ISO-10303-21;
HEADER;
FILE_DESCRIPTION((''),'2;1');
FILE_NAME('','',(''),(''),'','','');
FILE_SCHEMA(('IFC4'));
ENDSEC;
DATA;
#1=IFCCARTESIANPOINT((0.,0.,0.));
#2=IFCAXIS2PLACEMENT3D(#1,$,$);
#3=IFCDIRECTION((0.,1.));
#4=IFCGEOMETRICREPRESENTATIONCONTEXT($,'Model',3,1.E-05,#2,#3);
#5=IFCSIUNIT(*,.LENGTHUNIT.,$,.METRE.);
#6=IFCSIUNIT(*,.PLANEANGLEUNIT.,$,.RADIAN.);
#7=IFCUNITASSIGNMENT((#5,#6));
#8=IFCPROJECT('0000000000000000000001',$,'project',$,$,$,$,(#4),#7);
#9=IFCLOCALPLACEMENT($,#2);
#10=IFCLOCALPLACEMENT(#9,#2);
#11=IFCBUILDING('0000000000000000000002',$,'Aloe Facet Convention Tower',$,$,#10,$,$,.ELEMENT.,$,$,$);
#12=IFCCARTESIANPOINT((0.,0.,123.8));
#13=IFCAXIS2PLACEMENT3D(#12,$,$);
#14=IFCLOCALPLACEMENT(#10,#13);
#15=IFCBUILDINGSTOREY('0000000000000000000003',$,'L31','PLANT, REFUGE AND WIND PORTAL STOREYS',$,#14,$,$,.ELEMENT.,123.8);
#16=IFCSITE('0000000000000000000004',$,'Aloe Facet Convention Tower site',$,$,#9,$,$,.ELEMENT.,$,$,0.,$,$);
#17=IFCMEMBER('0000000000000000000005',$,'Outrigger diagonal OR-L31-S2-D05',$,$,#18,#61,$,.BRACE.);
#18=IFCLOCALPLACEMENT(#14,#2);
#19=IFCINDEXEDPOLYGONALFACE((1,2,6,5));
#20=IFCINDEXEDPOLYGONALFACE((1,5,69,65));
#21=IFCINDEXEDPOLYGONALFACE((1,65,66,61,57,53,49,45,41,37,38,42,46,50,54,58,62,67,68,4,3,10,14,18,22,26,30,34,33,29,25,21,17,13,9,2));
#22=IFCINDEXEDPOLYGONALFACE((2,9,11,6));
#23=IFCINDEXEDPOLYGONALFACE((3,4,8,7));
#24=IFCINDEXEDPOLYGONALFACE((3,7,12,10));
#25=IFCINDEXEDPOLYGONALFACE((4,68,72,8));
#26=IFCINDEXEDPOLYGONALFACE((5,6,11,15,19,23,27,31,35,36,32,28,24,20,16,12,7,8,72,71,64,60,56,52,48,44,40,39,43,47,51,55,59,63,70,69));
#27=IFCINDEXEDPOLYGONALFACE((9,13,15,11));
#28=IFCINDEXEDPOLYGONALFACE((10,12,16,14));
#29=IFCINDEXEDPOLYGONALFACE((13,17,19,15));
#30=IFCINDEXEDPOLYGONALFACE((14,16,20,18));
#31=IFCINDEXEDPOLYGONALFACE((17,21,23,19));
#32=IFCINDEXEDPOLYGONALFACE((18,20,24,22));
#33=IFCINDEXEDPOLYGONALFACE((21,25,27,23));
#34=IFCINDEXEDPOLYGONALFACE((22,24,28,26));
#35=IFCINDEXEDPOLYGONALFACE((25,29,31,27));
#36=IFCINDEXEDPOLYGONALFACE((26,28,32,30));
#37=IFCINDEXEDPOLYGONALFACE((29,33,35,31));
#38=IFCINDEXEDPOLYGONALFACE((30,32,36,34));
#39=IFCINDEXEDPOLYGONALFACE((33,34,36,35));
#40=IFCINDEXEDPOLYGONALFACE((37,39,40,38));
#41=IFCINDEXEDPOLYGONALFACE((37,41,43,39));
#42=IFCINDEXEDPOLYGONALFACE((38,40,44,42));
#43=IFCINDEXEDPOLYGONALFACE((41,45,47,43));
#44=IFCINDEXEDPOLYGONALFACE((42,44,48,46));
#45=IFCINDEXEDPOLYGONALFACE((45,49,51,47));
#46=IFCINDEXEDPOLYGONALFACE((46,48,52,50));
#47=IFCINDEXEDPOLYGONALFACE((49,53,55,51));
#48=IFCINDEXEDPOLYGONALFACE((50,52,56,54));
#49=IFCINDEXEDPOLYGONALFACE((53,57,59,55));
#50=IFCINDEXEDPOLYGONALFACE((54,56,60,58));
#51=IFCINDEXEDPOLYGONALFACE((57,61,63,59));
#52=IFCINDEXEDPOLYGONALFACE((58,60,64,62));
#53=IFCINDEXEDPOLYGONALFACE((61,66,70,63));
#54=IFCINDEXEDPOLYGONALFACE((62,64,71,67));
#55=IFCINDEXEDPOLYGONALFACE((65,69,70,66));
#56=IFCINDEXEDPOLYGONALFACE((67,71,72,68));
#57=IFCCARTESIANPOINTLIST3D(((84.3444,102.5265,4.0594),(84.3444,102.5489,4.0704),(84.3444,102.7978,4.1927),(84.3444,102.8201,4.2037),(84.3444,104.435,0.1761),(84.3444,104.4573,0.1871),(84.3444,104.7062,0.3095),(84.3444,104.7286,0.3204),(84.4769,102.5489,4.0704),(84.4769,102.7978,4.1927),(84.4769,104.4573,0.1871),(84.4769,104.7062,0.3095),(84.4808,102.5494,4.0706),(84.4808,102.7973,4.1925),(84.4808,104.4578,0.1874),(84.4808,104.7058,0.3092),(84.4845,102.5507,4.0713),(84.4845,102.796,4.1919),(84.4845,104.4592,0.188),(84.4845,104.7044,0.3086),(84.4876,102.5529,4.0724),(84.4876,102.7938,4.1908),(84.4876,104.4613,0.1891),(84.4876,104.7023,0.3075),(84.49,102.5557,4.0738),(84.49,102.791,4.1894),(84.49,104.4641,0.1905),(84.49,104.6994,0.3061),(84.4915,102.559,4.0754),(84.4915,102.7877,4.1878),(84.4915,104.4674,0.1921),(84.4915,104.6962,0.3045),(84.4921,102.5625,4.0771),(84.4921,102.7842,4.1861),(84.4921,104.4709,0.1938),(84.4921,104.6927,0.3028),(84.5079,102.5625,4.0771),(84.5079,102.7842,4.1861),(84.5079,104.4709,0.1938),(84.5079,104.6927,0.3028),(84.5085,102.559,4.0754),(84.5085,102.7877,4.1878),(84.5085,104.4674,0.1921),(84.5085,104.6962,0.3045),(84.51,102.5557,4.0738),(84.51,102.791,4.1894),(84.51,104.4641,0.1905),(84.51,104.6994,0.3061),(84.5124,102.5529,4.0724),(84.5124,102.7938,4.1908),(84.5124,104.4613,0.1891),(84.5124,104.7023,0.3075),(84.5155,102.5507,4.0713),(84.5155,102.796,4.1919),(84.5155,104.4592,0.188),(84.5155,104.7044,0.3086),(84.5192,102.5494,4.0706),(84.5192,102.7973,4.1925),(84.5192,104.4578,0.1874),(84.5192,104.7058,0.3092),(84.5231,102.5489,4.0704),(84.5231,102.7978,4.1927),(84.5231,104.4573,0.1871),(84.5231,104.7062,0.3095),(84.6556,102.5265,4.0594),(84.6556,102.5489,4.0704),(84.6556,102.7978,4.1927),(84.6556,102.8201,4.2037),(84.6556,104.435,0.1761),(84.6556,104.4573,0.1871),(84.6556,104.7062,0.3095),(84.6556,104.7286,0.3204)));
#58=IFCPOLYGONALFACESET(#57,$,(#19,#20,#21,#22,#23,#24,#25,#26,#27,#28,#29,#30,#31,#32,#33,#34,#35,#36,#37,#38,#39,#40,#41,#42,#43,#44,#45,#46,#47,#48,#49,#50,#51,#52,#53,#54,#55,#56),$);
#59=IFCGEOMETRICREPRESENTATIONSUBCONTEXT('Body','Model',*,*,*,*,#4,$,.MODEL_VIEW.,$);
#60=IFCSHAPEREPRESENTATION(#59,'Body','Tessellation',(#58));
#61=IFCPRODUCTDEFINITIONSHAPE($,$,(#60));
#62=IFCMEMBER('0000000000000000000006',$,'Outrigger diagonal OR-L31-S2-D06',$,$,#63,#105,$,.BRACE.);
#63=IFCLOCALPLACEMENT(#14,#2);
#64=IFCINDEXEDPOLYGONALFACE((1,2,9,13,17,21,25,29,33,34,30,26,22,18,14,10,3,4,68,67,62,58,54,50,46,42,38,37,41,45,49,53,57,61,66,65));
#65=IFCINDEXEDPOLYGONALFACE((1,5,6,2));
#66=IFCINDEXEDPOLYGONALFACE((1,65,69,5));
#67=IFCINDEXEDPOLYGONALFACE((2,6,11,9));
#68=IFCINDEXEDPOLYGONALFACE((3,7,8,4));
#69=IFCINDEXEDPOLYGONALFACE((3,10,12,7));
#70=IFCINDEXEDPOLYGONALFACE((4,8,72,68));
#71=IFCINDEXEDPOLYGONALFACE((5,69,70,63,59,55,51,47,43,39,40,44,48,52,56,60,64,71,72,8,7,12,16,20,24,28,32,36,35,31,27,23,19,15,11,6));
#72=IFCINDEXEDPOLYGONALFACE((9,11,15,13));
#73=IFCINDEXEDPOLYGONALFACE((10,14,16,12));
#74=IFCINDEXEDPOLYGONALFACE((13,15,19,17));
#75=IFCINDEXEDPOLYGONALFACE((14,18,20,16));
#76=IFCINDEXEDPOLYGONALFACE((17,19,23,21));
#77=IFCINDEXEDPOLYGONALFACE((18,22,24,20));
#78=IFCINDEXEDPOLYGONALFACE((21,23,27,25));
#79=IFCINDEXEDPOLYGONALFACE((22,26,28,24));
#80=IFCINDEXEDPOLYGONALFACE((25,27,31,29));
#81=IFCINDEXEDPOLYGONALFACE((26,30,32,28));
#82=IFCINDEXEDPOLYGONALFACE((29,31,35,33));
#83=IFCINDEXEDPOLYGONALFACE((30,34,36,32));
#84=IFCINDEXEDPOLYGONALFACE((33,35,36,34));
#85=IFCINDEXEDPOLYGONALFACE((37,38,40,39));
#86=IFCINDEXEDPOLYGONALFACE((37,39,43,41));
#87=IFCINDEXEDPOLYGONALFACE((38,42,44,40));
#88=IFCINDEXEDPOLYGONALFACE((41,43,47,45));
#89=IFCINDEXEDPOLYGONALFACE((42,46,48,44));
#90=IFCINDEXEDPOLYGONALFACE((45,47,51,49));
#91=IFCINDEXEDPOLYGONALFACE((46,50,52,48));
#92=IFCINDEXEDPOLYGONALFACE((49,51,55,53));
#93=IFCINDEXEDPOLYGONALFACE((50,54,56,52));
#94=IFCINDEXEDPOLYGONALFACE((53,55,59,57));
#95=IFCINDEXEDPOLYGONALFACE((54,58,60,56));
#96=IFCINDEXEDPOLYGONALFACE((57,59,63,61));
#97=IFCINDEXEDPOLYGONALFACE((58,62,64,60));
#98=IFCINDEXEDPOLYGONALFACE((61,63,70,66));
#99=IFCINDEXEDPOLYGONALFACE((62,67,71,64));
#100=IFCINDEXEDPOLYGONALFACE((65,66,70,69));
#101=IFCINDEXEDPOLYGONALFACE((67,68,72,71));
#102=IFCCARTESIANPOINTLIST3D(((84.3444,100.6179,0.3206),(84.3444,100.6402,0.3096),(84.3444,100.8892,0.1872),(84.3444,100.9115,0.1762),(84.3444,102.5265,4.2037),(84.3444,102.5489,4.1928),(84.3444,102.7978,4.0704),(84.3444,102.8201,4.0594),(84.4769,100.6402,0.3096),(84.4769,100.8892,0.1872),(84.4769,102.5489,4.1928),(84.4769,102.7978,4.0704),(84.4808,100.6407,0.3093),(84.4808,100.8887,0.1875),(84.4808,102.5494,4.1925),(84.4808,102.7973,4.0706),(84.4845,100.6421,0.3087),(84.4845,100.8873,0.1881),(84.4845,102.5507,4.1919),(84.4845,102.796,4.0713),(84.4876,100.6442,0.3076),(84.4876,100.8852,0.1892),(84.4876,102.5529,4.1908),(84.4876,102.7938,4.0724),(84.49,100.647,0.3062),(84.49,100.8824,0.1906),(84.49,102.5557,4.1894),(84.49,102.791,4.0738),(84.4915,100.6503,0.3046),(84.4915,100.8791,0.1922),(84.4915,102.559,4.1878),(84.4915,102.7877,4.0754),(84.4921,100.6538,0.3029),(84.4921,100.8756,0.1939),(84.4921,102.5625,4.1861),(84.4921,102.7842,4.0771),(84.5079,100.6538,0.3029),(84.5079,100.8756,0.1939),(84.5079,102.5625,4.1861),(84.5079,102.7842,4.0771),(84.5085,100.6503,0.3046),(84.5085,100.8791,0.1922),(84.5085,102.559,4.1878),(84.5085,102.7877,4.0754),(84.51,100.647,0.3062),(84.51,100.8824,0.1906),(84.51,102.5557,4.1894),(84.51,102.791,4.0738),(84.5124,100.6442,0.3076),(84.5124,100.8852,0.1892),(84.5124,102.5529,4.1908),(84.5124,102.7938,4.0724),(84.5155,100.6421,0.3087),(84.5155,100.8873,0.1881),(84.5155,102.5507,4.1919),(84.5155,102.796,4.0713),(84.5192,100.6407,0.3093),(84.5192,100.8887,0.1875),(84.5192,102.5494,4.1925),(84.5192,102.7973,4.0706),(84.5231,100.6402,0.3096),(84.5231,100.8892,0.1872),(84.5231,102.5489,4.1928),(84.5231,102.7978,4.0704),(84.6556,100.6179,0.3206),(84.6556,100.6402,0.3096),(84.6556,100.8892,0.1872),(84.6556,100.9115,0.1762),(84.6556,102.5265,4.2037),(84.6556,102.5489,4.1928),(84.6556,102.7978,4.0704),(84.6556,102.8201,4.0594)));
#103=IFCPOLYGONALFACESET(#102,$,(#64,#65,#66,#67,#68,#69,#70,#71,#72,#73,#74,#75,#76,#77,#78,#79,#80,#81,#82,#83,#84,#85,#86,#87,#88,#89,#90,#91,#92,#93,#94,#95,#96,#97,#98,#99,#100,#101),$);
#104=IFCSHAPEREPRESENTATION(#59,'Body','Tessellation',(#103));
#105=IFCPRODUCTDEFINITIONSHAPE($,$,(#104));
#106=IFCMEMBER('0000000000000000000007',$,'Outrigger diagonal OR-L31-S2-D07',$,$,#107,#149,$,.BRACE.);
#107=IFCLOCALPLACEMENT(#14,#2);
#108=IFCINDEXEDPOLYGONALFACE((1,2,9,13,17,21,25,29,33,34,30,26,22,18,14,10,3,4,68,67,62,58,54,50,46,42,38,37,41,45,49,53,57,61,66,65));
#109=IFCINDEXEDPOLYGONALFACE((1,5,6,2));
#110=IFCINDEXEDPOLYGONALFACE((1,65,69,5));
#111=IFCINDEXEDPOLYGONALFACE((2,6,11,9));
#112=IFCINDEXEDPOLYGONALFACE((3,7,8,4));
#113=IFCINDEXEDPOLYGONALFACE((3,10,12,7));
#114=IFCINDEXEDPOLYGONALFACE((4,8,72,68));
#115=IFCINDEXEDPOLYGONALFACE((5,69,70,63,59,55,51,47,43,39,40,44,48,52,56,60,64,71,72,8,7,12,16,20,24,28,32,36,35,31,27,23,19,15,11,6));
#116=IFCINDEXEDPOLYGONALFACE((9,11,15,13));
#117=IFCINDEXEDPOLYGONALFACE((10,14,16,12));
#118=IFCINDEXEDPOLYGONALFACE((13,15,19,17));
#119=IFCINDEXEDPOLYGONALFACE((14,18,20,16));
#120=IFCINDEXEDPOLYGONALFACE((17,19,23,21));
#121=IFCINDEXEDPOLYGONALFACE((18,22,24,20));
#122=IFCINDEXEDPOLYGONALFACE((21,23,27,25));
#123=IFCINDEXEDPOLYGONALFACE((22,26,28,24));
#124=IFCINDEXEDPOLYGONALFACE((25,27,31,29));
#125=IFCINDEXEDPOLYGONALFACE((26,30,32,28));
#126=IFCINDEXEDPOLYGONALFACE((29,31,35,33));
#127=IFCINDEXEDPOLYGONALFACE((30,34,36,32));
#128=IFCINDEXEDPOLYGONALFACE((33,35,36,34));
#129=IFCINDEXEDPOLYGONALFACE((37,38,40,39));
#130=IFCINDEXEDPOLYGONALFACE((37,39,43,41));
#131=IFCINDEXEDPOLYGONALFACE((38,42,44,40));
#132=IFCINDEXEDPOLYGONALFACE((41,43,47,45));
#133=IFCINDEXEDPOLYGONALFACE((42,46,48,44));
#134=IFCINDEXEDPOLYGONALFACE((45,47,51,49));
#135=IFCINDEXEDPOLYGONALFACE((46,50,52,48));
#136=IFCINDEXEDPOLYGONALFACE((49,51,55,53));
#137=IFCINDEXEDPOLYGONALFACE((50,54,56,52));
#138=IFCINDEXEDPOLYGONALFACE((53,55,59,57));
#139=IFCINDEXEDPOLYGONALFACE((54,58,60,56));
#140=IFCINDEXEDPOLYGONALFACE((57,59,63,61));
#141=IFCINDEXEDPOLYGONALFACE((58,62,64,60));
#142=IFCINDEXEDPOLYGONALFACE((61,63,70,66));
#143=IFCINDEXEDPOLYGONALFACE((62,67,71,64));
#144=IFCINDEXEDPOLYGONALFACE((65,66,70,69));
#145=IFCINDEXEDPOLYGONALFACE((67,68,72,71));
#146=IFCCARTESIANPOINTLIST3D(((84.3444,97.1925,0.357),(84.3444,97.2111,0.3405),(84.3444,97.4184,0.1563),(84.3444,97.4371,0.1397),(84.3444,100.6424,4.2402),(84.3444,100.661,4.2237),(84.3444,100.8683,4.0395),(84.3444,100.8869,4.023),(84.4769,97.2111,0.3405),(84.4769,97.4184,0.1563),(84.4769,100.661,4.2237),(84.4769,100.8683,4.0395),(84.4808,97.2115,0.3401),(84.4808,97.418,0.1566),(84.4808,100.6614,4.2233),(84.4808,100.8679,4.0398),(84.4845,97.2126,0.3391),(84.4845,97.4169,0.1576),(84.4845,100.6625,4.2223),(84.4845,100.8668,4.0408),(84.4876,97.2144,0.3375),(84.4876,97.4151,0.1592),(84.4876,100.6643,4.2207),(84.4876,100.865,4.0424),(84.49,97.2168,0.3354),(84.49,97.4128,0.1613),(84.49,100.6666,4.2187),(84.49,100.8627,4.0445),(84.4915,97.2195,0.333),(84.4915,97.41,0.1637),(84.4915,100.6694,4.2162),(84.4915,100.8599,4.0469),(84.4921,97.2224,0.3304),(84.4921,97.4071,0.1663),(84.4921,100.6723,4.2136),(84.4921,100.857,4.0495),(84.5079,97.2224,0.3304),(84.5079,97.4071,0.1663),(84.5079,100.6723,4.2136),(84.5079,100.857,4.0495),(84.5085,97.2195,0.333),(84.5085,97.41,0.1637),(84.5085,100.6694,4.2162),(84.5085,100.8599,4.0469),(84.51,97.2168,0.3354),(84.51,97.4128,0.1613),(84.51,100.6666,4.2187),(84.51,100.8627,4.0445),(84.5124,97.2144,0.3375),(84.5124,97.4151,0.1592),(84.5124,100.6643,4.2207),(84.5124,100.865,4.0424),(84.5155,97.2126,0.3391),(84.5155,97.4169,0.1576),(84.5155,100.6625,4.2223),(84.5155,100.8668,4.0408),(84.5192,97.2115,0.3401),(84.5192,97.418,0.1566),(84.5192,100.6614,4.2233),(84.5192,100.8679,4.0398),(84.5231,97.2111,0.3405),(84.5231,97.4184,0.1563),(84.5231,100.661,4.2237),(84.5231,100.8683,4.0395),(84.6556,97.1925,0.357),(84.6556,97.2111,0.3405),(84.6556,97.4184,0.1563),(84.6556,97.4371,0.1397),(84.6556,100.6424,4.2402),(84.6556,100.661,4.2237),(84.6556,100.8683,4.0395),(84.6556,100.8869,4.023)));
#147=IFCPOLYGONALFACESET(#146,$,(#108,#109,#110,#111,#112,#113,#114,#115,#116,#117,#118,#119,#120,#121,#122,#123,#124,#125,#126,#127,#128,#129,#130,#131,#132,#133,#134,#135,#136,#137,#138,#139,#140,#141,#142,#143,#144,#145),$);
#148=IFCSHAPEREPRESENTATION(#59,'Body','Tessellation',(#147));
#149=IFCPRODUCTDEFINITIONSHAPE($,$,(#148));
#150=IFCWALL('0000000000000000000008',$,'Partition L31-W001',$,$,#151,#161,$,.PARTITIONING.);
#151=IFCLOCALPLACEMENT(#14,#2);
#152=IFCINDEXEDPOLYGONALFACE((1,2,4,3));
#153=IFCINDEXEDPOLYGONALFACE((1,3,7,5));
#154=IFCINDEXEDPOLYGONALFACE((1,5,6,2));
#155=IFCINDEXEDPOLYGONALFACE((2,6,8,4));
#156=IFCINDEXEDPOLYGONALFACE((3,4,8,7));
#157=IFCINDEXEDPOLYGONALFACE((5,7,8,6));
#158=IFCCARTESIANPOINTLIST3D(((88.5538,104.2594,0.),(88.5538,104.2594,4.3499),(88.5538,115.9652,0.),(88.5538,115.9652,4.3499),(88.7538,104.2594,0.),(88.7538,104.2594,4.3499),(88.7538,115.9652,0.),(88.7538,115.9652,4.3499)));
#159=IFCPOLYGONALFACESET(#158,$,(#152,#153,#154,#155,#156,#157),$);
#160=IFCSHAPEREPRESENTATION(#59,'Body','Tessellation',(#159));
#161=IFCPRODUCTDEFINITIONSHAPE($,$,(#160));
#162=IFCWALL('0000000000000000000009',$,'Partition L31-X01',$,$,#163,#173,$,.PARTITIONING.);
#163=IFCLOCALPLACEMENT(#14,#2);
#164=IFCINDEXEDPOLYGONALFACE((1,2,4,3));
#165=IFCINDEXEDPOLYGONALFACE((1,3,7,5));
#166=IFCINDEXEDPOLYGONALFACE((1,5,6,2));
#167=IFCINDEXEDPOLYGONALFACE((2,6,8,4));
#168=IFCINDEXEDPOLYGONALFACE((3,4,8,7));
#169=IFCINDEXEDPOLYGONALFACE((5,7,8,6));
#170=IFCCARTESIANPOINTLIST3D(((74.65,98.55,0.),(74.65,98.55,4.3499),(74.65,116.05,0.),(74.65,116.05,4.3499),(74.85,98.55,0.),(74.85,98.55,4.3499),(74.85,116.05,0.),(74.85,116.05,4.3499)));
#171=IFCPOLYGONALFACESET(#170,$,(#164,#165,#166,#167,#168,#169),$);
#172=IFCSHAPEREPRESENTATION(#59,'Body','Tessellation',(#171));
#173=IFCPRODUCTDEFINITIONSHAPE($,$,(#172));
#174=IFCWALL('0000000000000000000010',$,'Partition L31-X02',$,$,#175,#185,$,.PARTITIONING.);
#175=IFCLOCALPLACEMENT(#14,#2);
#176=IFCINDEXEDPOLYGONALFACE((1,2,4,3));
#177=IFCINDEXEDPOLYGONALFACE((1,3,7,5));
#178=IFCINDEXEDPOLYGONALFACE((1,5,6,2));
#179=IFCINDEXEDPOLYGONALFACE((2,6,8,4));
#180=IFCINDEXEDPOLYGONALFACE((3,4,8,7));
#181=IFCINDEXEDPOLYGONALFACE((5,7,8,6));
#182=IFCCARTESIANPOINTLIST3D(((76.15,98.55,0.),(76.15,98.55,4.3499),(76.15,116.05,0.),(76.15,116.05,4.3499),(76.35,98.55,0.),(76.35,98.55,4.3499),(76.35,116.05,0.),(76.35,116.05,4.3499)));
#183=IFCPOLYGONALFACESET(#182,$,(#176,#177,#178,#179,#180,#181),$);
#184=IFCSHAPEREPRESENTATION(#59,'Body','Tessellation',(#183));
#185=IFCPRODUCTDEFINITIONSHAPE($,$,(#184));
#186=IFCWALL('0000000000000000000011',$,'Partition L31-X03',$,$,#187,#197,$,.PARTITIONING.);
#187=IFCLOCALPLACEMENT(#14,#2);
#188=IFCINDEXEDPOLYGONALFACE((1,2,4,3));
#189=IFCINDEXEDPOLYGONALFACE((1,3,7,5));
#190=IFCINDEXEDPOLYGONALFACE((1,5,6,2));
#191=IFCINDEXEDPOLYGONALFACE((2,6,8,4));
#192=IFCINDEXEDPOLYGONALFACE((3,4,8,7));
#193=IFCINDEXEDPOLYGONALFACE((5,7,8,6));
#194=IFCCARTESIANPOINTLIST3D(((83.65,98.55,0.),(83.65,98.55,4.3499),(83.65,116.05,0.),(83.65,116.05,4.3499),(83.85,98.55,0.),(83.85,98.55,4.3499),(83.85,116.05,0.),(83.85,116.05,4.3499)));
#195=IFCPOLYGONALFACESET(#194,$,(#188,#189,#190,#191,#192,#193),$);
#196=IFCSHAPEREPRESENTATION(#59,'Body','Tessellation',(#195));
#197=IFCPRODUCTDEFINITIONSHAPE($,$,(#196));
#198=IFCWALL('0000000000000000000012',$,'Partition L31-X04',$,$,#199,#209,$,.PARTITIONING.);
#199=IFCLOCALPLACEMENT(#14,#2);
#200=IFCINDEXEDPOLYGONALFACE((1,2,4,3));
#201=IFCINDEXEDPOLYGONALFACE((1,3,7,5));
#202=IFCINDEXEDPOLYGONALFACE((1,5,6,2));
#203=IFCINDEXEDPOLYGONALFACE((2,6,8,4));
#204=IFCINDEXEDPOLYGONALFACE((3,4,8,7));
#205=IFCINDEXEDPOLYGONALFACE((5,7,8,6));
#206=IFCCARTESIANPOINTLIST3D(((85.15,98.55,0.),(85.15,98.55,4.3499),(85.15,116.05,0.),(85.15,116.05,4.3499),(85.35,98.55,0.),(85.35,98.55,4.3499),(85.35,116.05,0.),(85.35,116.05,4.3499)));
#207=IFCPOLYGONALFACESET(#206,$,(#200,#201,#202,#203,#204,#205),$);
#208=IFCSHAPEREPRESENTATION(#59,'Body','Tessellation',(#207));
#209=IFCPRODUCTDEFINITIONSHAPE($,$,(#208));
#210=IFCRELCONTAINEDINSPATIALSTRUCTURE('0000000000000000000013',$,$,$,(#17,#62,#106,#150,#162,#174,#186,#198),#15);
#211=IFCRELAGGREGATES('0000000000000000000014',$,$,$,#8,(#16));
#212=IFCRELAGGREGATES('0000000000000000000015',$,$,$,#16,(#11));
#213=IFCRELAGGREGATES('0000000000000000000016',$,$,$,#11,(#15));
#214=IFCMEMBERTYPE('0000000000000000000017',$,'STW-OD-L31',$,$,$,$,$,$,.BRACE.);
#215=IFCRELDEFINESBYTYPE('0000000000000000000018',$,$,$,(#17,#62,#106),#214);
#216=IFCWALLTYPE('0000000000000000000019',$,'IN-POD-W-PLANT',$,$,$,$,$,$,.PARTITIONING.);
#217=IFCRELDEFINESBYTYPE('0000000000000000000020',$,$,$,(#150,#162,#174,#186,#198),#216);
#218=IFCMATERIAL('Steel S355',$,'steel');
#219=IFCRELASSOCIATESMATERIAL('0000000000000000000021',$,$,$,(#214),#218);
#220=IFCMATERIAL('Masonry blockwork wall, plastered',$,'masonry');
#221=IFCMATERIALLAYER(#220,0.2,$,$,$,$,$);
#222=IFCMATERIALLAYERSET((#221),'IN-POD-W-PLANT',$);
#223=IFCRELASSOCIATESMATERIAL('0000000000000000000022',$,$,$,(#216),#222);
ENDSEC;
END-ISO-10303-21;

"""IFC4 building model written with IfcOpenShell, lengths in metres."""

from ifc_helpers import new_model, si_unit, direction, frame, frame_2d, origin, origin_2d, place, context, subcontext, project, spatial, rectangle, i_section, extrude, material, layer, layer_set, material_profile, profile_set, type_object, element, save


model = new_model("IFC4")

# Units and contexts
model_context = context("Model", 3, precision=1e-05, world=origin(), true_north=direction((0.0, 1.0)))
body_context = subcontext(model_context, "Body", "Model", "MODEL_VIEW")
ifc_project = project(units=[si_unit("LENGTHUNIT", "METRE"), si_unit("PLANEANGLEUNIT", "RADIAN")], contexts=[model_context])

# Site, building, storey
site_placement = place(None, origin())
site = spatial("IfcSite", under=ifc_project, at=site_placement, Name="Aloe Facet Convention Tower site", CompositionType="ELEMENT", RefElevation=0.0)
building_placement = place(site_placement, origin())
building = spatial("IfcBuilding", under=site, at=building_placement, Name="Aloe Facet Convention Tower", CompositionType="ELEMENT")
storey_placement = place(building_placement, frame((0.0, 0.0, 123.8)))
storey = spatial("IfcBuildingStorey", under=building, at=storey_placement, Name="L31", Description="PLANT, REFUGE AND WIND PORTAL STOREYS", CompositionType="ELEMENT", Elevation=123.8)

# Members
ifc_material_1 = material(Name="Steel S355", Category="steel")
ifc_material_profile_1 = material_profile(ifc_material_1, i_section(OverallWidth=0.3113, OverallDepth=0.3271, WebThickness=0.0159, FlangeThickness=0.0249, FilletRadius=0.0151, at=origin_2d()), Name="UC 305x305x158")
ifc_profile_set_1 = profile_set([ifc_material_profile_1], Name="Steel S355")
member_type_1 = type_object("IfcMemberType", Name="STW-OD-L31", PredefinedType="BRACE", material=ifc_profile_set_1)
for number, where, z_axis, x_axis, name in (
    (1, (84.5, 104.5818, 0.2483), (0.0, -0.441064, 0.897476), (1.0, 0.0, 0.0), "Outrigger diagonal OR-L31-S2-D05"),
    (2, (84.5, 102.6733, 4.1316), (0.0, -0.44111, -0.897453), (1.0, 0.0, 0.0), "Outrigger diagonal OR-L31-S2-D06"),
):
    element("IfcMember", number, at=place(storey_placement, frame(where, z_axis=z_axis, x_axis=x_axis)), inside=storey, type_object=member_type_1, Name=name, PredefinedType="BRACE", context=body_context, shape_type="SweptSolid", body=[
        extrude(i_section(OverallWidth=0.3113, OverallDepth=0.3271, WebThickness=0.0159, FlangeThickness=0.0249, FilletRadius=0.0151, at=origin_2d()), origin(), (0.0, 0.0, 1.0), 4.3269),
    ])
member_1_placement = place(storey_placement, frame((84.5, 100.7646, 4.1316), z_axis=(0.0, -0.664163, -0.747588), x_axis=(1.0, 0.0, 0.0)))
element("IfcMember", 3, at=member_1_placement, inside=storey, type_object=member_type_1, Name="Outrigger diagonal OR-L31-S2-D07", PredefinedType="BRACE", context=body_context, shape_type="SweptSolid", body=[
    extrude(i_section(OverallWidth=0.3113, OverallDepth=0.3271, WebThickness=0.0159, FlangeThickness=0.0249, FilletRadius=0.0151, at=origin_2d()), origin(), (0.0, 0.0, 1.0), 5.1943),
])

# Walls
ifc_material_2 = material(Name="Masonry blockwork wall, plastered", Category="masonry")
ifc_layer_1 = layer(ifc_material_2, 0.2)
ifc_layer_set_1 = layer_set([ifc_layer_1], Name="IN-POD-W-PLANT")
wall_type = type_object("IfcWallType", Name="IN-POD-W-PLANT", PredefinedType="PARTITIONING", material=ifc_layer_set_1)
wall_placement = place(storey_placement, frame((88.6538, 104.2593, 0.0), z_axis=(0.0, 0.0, 1.0), x_axis=(0.0, 1.0, 0.0)))
element("IfcWall", 4, at=wall_placement, inside=storey, type_object=wall_type, Name="Partition L31-W001", PredefinedType="PARTITIONING", context=body_context, shape_type="SweptSolid", body=[
    extrude(rectangle(XDim=11.7058, YDim=0.2, at=frame_2d((5.853, 0.0))), origin(), (0.0, 0.0, 1.0), 4.3499),
])
for number, where, z_axis, x_axis, name in (
    (5, (74.75, 98.55, 0.0), (0.0, 0.0, 1.0), (0.0, 1.0, 0.0), "Partition L31-X01"),
    (6, (76.25, 98.55, 0.0), (0.0, 0.0, 1.0), (0.0, 1.0, 0.0), "Partition L31-X02"),
    (7, (83.75, 98.55, 0.0), (0.0, 0.0, 1.0), (0.0, 1.0, 0.0), "Partition L31-X03"),
    (8, (85.25, 98.55, 0.0), (0.0, 0.0, 1.0), (0.0, 1.0, 0.0), "Partition L31-X04"),
):
    element("IfcWall", number, at=place(storey_placement, frame(where, z_axis=z_axis, x_axis=x_axis)), inside=storey, type_object=wall_type, Name=name, PredefinedType="PARTITIONING", context=body_context, shape_type="SweptSolid", body=[
        extrude(rectangle(XDim=17.5, YDim=0.2, at=frame_2d((8.75, 0.0))), origin(), (0.0, 0.0, 1.0), 4.3499),
    ])

save(model, "model.ifc")
